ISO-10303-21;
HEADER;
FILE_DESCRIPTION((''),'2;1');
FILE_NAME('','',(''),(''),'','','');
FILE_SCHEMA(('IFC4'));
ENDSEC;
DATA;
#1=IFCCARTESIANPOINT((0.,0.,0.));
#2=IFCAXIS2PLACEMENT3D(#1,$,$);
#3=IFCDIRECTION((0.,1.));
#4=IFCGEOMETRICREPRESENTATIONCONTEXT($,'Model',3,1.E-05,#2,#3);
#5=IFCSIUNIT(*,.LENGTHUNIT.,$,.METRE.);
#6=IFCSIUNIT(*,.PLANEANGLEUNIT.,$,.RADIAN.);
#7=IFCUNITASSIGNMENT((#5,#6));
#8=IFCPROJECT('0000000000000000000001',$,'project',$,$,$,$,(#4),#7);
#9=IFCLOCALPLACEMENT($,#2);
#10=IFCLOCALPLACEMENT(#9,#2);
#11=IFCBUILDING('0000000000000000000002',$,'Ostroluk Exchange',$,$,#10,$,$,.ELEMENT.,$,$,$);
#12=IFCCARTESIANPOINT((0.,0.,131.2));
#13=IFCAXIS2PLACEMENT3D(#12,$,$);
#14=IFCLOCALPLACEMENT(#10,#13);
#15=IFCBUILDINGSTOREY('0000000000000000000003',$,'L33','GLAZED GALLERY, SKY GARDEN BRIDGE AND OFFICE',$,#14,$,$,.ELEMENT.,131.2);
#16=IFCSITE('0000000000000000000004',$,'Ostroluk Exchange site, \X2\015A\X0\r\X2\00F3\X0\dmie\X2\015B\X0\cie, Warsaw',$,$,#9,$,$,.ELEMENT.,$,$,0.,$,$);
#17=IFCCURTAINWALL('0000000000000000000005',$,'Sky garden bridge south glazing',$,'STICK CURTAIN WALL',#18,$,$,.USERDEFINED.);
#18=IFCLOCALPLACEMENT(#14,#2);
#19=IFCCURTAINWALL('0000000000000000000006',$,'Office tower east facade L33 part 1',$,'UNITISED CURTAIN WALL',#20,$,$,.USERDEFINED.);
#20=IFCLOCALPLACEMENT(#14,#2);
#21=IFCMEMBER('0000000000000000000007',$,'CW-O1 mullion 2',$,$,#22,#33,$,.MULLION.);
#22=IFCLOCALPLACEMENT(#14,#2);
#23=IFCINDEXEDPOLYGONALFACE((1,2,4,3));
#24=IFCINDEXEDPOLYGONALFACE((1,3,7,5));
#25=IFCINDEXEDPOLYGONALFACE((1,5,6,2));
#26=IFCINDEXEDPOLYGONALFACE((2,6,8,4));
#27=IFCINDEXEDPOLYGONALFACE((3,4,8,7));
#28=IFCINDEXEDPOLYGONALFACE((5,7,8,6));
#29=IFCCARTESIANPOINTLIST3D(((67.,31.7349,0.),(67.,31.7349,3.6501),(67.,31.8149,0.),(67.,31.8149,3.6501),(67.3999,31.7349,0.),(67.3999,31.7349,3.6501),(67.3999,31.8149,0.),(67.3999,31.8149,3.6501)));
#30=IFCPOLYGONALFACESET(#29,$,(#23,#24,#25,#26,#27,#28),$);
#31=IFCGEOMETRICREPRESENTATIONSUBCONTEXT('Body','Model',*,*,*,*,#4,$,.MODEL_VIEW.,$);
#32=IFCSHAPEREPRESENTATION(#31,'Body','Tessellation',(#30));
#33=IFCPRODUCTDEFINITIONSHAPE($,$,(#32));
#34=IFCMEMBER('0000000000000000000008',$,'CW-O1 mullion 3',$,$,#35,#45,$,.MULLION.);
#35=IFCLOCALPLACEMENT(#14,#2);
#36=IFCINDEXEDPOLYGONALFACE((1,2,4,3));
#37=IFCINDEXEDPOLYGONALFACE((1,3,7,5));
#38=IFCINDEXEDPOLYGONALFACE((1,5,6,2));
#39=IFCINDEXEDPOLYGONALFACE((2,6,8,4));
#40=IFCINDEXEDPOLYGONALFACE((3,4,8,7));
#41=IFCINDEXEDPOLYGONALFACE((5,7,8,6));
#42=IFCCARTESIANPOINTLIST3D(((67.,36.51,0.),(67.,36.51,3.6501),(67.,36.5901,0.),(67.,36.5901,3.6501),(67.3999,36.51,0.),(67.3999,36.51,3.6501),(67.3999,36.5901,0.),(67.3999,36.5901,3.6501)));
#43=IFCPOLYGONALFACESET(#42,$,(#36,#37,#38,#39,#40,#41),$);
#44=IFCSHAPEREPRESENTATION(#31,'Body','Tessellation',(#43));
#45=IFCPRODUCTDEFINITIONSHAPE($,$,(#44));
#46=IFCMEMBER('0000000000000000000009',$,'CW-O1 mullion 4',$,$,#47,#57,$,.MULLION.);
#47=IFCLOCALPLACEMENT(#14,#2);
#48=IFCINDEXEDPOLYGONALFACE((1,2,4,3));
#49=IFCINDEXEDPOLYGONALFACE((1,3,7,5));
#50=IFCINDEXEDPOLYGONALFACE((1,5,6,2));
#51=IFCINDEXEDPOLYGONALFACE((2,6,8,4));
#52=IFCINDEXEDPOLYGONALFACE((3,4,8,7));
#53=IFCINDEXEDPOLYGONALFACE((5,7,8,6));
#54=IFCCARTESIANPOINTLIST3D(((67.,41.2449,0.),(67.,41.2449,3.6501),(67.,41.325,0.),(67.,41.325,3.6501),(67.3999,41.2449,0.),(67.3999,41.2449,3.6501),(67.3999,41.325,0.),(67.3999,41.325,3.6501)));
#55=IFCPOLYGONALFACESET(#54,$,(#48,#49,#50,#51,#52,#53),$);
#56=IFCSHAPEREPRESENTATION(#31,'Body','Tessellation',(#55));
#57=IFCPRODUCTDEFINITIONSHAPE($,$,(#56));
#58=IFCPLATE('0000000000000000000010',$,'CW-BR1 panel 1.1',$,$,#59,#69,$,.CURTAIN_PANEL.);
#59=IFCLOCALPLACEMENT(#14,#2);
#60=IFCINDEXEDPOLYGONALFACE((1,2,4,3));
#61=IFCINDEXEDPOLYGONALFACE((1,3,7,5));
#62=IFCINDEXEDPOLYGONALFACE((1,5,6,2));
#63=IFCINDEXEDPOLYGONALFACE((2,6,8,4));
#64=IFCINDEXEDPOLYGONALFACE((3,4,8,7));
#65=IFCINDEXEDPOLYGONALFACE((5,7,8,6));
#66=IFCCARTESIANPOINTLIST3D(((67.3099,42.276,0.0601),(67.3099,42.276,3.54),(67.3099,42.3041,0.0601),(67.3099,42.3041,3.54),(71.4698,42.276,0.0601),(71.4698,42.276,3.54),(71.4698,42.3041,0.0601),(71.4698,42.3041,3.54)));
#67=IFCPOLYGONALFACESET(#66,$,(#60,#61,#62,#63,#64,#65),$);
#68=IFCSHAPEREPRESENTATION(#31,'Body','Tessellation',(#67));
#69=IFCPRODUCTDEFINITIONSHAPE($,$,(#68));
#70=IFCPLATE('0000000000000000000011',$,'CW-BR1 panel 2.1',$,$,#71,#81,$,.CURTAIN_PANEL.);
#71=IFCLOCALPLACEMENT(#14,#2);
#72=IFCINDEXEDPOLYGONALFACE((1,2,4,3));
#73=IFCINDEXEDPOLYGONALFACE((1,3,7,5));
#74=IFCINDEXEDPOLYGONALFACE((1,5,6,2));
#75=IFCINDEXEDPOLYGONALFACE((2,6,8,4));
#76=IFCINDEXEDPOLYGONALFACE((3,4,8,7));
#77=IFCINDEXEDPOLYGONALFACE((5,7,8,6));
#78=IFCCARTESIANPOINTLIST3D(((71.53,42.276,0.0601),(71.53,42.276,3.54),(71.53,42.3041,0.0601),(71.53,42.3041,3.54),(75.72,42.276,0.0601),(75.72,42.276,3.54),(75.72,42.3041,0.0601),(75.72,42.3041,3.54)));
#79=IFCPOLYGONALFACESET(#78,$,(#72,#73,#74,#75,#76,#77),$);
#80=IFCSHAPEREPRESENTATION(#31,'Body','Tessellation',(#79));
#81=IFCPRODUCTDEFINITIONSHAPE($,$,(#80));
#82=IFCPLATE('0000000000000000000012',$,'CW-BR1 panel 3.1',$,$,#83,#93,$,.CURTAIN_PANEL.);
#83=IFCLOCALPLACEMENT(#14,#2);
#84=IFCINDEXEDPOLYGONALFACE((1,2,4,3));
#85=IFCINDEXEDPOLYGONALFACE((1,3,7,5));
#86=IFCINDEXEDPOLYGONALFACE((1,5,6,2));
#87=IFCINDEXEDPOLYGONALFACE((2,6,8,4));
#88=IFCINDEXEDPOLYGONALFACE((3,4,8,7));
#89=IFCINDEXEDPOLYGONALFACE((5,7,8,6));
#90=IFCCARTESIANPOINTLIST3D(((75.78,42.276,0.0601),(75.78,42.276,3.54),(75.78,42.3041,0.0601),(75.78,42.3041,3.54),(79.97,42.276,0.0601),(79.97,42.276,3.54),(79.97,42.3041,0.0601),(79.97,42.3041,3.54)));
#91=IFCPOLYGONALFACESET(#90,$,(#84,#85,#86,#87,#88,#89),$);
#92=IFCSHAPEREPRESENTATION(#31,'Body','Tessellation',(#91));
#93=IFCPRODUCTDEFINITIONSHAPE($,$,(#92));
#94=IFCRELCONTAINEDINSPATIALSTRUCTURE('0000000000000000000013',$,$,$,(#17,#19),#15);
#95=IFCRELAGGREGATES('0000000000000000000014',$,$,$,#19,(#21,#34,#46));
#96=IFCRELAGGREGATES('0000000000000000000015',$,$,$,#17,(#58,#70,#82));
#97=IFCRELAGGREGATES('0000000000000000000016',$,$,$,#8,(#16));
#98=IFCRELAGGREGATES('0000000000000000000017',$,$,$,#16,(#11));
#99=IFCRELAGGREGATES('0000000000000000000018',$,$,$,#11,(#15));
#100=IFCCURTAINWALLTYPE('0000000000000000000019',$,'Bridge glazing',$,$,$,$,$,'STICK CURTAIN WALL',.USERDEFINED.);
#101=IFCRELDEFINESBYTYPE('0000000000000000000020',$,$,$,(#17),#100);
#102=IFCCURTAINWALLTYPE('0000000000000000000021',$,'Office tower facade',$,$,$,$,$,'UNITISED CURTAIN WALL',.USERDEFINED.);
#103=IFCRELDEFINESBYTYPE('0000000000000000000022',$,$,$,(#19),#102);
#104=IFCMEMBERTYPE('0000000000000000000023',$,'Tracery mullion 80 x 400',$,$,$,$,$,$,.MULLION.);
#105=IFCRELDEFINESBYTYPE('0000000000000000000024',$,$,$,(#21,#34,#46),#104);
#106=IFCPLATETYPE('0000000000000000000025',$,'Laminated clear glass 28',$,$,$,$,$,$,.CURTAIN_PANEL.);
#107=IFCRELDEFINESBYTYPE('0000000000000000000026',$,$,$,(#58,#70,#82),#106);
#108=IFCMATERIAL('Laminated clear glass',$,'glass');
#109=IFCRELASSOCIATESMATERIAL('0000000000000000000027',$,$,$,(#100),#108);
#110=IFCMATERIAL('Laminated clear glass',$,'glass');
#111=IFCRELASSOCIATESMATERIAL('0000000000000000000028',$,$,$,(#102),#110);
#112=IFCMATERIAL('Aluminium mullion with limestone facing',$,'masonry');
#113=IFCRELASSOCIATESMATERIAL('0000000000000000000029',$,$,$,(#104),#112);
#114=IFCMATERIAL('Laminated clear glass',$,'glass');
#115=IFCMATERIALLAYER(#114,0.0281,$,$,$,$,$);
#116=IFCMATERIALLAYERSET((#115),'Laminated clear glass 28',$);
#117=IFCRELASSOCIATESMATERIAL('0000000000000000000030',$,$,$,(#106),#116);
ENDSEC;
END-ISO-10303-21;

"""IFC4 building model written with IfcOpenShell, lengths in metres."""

from ifc_helpers import new_model, si_unit, direction, frame, origin, origin_2d, place, context, subcontext, project, spatial, rectangle, extrude, material, layer, layer_set, material_profile, profile_set, type_object, element, aggregate, save


model = new_model("IFC4")

# Units and contexts
model_context = context("Model", 3, precision=1e-05, world=origin(), true_north=direction((0.0, 1.0)))
body_context = subcontext(model_context, "Body", "Model", "MODEL_VIEW")
ifc_project = project(units=[si_unit("LENGTHUNIT", "METRE"), si_unit("PLANEANGLEUNIT", "RADIAN")], contexts=[model_context])

# Site, building, storey
site_placement = place(None, origin())
site = spatial("IfcSite", under=ifc_project, at=site_placement, Name="Ostroluk Exchange site, Śródmieście, Warsaw", CompositionType="ELEMENT", RefElevation=0.0)
building_placement = place(site_placement, origin())
building = spatial("IfcBuilding", under=site, at=building_placement, Name="Ostroluk Exchange", CompositionType="ELEMENT")
storey_placement = place(building_placement, frame((0.0, 0.0, 131.2)))
storey = spatial("IfcBuildingStorey", under=building, at=storey_placement, Name="L33", Description="GLAZED GALLERY, SKY GARDEN BRIDGE AND OFFICE", CompositionType="ELEMENT", Elevation=131.2)

# Curtain wall
ifc_material_1 = material(Name="Laminated clear glass", Category="glass")
curtain_wall_type_1 = type_object("IfcCurtainWallType", Name="Bridge glazing", ElementType="STICK CURTAIN WALL", PredefinedType="USERDEFINED", material=ifc_material_1)
curtain_wall_1_placement = place(storey_placement, origin())
curtain_wall_1 = element("IfcCurtainWall", 1, at=curtain_wall_1_placement, inside=storey, type_object=curtain_wall_type_1, Name="Sky garden bridge south glazing", ObjectType="STICK CURTAIN WALL", PredefinedType="USERDEFINED")

# Curtain wall, members
ifc_material_2 = material(Name="Laminated clear glass", Category="glass")
curtain_wall_type_2 = type_object("IfcCurtainWallType", Name="Office tower facade", ElementType="UNITISED CURTAIN WALL", PredefinedType="USERDEFINED", material=ifc_material_2)
curtain_wall_2_placement = place(storey_placement, origin())
curtain_wall_2 = element("IfcCurtainWall", 2, at=curtain_wall_2_placement, inside=storey, type_object=curtain_wall_type_2, Name="Office tower east facade L33 part 1", ObjectType="UNITISED CURTAIN WALL", PredefinedType="USERDEFINED")
ifc_material_3 = material(Name="Aluminium mullion with limestone facing", Category="masonry")
ifc_material_profile_1 = material_profile(ifc_material_3, rectangle(XDim=0.3999, YDim=0.0801, at=origin_2d()), Name="Tracery mullion 80 x 400")
ifc_profile_set_1 = profile_set([ifc_material_profile_1], Name="Aluminium mullion with limestone facing")
member_type_1 = type_object("IfcMemberType", Name="Tracery mullion 80 x 400", PredefinedType="MULLION", material=ifc_profile_set_1)
member_1_placement = place(storey_placement, frame((67.2, 31.7749, 0.0), z_axis=(0.0, 0.0, 1.0), x_axis=(-1.0, 0.0, 0.0)))
member_1 = element("IfcMember", 3, at=member_1_placement, type_object=member_type_1, Name="CW-O1 mullion 2", PredefinedType="MULLION", context=body_context, shape_type="SweptSolid", body=[
    extrude(rectangle(XDim=0.3999, YDim=0.0801, at=origin_2d()), origin(), (0.0, 0.0, 1.0), 3.6501),
])
member_2_placement = place(storey_placement, frame((67.2, 36.55, 0.0), z_axis=(0.0, 0.0, 1.0), x_axis=(-1.0, 0.0, 0.0)))
member_2 = element("IfcMember", 4, at=member_2_placement, type_object=member_type_1, Name="CW-O1 mullion 3", PredefinedType="MULLION", context=body_context, shape_type="SweptSolid", body=[
    extrude(rectangle(XDim=0.3999, YDim=0.0801, at=origin_2d()), origin(), (0.0, 0.0, 1.0), 3.6501),
])
member_3_placement = place(storey_placement, frame((67.2, 41.2849, 0.0), z_axis=(0.0, 0.0, 1.0), x_axis=(-1.0, 0.0, 0.0)))
member_3 = element("IfcMember", 5, at=member_3_placement, type_object=member_type_1, Name="CW-O1 mullion 4", PredefinedType="MULLION", context=body_context, shape_type="SweptSolid", body=[
    extrude(rectangle(XDim=0.3999, YDim=0.0801, at=origin_2d()), origin(), (0.0, 0.0, 1.0), 3.6501),
])
aggregate(curtain_wall_2, [member_1, member_2, member_3])

# Plates
ifc_material_4 = material(Name="Laminated clear glass", Category="glass")
ifc_layer = layer(ifc_material_4, 0.0281)
ifc_layer_set = layer_set([ifc_layer], Name="Laminated clear glass 28")
plate_type = type_object("IfcPlateType", Name="Laminated clear glass 28", PredefinedType="CURTAIN_PANEL", material=ifc_layer_set)
plate_1_placement = place(storey_placement, frame((69.3899, 42.29, 0.0601), z_axis=(0.0, 0.0, 1.0), x_axis=(1.0, 0.0, 0.0)))
plate_1 = element("IfcPlate", 6, at=plate_1_placement, type_object=plate_type, Name="CW-BR1 panel 1.1", PredefinedType="CURTAIN_PANEL", context=body_context, shape_type="SweptSolid", body=[
    extrude(rectangle(XDim=4.1599, YDim=0.0281, at=origin_2d()), origin(), (0.0, 0.0, 1.0), 3.48),
])
plate_2_placement = place(storey_placement, frame((73.625, 42.29, 0.0601), z_axis=(0.0, 0.0, 1.0), x_axis=(1.0, 0.0, 0.0)))
plate_2 = element("IfcPlate", 7, at=plate_2_placement, type_object=plate_type, Name="CW-BR1 panel 2.1", PredefinedType="CURTAIN_PANEL", context=body_context, shape_type="SweptSolid", body=[
    extrude(rectangle(XDim=4.1899, YDim=0.0281, at=origin_2d()), origin(), (0.0, 0.0, 1.0), 3.48),
])
plate_3_placement = place(storey_placement, frame((77.875, 42.29, 0.0601), z_axis=(0.0, 0.0, 1.0), x_axis=(1.0, 0.0, 0.0)))
plate_3 = element("IfcPlate", 8, at=plate_3_placement, type_object=plate_type, Name="CW-BR1 panel 3.1", PredefinedType="CURTAIN_PANEL", context=body_context, shape_type="SweptSolid", body=[
    extrude(rectangle(XDim=4.1899, YDim=0.0281, at=origin_2d()), origin(), (0.0, 0.0, 1.0), 3.48),
])
aggregate(curtain_wall_1, [plate_1, plate_2, plate_3])

save(model, "model.ifc")
